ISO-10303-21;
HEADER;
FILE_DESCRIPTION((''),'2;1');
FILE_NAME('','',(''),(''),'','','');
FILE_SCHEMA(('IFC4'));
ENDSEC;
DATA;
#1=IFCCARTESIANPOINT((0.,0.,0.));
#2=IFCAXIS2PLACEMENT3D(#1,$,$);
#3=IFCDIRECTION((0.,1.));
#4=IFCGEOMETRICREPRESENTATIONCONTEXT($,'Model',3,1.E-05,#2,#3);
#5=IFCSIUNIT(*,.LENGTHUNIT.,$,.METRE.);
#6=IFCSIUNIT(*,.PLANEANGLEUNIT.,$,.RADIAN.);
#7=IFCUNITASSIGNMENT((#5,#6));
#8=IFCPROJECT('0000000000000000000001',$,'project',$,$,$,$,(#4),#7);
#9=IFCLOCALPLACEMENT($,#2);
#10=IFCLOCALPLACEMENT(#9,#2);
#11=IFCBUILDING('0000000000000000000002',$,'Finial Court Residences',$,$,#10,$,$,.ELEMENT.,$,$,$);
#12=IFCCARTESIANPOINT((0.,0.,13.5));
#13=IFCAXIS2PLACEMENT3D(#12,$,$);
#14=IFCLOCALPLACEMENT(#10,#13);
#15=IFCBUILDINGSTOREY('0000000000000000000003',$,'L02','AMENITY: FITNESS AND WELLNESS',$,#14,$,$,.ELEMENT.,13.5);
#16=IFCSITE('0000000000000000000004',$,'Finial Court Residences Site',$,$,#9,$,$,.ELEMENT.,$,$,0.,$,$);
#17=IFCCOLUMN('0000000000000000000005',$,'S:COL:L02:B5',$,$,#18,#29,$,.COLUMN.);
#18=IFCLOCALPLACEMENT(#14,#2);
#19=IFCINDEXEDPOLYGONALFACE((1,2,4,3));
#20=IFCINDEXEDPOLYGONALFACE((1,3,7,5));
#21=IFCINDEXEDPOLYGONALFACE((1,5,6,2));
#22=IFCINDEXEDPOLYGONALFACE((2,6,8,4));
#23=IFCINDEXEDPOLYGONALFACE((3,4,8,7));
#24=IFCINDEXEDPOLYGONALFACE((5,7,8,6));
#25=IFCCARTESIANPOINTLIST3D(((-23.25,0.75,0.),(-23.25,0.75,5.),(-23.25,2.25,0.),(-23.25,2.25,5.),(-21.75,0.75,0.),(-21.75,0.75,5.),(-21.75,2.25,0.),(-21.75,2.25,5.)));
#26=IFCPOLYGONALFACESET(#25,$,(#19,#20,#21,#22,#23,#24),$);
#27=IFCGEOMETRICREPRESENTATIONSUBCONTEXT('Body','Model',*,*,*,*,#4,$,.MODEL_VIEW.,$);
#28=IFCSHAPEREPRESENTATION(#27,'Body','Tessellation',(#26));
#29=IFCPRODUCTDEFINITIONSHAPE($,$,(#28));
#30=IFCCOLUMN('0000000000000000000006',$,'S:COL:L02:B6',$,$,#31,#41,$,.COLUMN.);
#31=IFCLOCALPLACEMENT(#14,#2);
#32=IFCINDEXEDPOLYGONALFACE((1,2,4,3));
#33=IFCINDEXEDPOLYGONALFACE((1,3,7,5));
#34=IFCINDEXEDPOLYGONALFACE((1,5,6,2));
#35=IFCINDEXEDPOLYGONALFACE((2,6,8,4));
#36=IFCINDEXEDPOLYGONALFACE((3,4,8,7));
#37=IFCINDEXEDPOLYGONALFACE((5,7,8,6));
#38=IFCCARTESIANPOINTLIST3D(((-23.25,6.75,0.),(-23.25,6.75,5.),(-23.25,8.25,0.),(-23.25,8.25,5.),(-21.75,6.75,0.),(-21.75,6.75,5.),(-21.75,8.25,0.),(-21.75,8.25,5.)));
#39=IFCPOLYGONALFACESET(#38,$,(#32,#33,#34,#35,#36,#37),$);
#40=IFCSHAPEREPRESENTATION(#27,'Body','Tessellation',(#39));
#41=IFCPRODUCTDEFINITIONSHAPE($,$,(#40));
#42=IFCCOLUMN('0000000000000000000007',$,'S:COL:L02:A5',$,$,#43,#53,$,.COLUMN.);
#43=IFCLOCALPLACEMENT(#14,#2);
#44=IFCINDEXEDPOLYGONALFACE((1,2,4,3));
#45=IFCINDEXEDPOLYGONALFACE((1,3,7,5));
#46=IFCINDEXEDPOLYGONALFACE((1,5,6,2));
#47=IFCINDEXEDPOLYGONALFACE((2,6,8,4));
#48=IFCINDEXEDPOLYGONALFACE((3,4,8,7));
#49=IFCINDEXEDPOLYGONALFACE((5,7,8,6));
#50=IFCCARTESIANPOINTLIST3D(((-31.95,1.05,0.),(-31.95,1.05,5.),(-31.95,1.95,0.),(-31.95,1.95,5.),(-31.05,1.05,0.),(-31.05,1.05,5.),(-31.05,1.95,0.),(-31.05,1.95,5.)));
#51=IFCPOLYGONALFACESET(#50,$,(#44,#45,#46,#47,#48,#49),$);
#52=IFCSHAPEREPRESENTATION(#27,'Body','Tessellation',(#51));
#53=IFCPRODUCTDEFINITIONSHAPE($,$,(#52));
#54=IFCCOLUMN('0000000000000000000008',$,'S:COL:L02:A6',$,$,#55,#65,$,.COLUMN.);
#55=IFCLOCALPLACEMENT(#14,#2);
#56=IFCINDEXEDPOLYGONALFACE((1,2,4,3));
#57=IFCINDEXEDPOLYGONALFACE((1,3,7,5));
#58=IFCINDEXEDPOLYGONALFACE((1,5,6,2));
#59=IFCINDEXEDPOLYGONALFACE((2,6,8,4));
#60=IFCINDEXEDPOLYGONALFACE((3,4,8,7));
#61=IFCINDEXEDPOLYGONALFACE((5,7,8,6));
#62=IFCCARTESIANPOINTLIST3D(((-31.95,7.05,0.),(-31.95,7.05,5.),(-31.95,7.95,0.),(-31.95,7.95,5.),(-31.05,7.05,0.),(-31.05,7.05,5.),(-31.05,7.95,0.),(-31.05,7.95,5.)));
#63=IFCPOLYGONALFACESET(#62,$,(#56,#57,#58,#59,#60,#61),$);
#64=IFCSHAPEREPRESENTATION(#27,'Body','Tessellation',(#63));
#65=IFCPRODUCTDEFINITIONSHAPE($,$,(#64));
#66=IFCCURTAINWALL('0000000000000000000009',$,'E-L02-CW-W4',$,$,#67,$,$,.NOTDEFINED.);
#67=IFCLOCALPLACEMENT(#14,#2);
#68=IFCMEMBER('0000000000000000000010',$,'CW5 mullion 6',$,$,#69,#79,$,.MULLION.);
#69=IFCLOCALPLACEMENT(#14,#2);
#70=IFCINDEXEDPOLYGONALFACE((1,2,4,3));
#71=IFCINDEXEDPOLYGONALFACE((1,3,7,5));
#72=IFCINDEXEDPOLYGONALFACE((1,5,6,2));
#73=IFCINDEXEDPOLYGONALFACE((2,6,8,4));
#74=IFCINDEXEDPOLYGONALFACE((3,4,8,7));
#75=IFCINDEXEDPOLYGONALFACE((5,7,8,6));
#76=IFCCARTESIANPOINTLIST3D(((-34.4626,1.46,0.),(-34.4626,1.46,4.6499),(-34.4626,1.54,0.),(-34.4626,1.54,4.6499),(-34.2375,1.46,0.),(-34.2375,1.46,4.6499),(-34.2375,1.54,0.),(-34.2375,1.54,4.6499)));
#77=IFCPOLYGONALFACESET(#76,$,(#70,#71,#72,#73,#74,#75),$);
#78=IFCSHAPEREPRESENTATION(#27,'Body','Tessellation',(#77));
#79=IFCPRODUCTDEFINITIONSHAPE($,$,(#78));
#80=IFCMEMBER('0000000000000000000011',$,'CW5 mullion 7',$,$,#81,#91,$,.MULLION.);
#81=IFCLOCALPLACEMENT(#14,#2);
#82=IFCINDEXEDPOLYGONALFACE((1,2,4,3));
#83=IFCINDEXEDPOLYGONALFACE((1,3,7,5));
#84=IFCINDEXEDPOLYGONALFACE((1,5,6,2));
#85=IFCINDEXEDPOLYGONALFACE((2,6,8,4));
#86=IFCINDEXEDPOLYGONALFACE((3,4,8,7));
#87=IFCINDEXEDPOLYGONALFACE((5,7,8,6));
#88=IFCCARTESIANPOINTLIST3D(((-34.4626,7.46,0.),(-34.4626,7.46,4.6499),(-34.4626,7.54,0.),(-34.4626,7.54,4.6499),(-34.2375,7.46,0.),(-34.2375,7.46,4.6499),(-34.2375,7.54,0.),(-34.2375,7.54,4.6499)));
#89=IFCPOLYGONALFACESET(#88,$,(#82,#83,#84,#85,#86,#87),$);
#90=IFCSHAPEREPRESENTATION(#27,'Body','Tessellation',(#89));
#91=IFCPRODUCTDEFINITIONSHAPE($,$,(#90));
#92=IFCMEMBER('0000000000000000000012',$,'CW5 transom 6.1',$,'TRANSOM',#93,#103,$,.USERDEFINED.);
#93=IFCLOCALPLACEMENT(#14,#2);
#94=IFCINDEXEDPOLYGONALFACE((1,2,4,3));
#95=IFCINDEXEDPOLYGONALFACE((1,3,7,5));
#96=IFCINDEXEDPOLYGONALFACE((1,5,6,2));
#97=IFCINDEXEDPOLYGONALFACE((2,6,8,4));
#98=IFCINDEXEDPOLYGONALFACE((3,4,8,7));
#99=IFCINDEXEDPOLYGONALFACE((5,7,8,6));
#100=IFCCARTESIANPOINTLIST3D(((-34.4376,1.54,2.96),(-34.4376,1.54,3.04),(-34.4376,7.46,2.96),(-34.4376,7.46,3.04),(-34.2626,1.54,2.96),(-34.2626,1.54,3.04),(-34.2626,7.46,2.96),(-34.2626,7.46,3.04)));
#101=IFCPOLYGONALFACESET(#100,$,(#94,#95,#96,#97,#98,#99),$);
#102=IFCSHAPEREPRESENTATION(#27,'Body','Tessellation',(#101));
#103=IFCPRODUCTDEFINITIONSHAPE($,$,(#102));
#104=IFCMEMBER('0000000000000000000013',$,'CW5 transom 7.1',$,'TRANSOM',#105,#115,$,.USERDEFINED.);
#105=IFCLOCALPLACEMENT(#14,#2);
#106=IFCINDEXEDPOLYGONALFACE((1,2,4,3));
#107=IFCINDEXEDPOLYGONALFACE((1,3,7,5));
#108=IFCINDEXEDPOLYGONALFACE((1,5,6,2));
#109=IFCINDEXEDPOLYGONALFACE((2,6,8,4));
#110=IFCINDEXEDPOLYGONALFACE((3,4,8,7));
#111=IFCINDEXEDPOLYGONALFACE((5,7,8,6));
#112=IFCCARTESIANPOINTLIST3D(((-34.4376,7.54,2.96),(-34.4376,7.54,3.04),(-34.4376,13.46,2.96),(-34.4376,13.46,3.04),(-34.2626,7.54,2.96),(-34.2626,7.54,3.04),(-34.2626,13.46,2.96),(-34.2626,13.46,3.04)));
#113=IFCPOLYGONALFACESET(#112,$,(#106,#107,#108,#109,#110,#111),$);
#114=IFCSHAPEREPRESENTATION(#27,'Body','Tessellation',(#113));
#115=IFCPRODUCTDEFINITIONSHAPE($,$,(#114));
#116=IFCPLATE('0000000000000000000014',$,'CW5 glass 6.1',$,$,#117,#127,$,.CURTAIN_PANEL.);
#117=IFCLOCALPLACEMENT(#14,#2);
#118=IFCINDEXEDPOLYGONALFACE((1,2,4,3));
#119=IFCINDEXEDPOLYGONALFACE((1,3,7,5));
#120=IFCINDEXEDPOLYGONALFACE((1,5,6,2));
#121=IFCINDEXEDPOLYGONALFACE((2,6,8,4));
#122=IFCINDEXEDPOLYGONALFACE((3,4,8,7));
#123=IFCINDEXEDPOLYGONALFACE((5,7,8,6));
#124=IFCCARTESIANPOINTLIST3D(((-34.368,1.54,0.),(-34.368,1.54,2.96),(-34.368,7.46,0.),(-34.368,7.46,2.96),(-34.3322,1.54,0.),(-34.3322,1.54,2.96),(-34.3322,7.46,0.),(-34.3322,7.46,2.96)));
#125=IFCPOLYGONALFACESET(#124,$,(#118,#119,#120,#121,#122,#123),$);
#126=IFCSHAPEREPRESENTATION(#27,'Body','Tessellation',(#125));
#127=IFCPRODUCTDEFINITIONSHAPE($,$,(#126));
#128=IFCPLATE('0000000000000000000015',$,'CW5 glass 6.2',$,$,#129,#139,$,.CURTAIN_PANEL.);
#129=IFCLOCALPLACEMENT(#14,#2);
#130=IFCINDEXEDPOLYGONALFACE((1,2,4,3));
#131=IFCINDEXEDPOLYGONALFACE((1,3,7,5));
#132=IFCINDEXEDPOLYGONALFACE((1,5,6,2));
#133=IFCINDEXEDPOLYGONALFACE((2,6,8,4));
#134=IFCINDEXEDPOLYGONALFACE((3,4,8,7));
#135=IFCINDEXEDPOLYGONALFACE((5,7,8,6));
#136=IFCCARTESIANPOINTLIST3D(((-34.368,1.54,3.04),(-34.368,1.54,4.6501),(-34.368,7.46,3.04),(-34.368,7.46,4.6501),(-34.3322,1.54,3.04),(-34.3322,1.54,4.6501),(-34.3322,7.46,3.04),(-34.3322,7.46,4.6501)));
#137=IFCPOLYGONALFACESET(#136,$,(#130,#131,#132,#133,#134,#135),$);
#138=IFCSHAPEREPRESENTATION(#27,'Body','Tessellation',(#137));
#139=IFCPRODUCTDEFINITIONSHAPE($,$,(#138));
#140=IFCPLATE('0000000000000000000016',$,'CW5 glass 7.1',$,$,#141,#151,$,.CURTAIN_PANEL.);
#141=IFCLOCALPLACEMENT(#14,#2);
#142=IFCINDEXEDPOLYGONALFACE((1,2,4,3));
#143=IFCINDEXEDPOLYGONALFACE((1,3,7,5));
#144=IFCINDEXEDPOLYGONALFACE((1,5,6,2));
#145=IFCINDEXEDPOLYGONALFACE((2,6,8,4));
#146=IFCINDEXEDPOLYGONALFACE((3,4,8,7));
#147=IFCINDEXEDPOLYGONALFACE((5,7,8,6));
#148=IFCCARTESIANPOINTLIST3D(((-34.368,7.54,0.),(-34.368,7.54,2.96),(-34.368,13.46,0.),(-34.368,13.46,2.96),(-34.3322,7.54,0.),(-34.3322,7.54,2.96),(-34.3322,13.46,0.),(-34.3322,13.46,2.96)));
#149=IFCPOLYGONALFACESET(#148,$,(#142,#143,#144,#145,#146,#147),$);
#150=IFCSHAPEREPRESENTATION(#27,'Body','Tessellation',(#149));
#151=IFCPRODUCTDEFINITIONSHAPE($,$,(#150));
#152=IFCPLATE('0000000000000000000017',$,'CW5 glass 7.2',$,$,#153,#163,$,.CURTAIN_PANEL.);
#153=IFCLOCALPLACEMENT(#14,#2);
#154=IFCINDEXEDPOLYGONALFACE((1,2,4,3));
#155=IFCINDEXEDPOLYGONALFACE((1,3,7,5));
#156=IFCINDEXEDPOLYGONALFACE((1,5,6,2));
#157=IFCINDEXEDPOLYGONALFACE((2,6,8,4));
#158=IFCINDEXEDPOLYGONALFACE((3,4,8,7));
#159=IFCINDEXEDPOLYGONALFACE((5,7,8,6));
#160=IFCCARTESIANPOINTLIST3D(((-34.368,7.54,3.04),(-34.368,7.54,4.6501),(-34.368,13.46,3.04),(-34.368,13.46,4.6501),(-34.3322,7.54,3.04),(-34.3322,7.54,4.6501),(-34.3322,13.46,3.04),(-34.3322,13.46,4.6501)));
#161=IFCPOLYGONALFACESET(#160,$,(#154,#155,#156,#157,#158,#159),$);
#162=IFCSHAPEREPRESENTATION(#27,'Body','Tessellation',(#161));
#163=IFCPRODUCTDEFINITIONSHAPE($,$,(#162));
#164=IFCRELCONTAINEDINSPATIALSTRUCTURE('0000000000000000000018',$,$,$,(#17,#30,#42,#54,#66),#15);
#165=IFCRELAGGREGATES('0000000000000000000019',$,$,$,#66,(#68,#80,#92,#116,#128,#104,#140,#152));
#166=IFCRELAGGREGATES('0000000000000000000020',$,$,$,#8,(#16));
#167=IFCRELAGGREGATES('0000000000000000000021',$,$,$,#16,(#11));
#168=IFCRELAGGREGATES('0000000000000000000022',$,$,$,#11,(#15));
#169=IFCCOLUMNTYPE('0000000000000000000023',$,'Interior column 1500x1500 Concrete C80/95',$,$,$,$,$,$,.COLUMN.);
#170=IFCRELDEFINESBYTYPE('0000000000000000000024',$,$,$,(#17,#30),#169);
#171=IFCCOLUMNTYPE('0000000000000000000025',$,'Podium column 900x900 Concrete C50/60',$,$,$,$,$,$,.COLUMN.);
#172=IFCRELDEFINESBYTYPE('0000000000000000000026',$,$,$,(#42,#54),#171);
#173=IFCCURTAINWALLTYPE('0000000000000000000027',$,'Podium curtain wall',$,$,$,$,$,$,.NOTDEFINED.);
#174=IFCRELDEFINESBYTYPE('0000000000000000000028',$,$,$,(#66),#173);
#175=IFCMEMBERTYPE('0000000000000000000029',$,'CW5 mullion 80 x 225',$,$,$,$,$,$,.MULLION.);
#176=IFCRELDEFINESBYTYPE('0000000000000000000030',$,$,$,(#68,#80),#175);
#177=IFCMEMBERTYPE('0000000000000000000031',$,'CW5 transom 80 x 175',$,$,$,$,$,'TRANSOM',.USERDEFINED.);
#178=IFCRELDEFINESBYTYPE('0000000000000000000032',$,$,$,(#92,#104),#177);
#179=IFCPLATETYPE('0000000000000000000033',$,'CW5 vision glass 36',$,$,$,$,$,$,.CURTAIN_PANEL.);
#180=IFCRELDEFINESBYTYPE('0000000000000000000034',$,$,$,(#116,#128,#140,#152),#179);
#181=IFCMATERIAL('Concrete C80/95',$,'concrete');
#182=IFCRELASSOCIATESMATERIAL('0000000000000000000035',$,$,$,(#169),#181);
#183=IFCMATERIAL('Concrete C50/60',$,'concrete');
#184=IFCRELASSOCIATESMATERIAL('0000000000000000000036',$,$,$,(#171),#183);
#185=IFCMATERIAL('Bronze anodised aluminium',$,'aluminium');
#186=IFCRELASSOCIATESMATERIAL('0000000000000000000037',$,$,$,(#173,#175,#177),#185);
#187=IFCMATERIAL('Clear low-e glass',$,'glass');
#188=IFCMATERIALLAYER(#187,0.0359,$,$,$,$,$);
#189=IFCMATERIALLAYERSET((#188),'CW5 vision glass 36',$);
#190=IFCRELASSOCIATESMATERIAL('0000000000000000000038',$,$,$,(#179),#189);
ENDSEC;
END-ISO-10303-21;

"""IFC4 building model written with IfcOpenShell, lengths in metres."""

from ifc_helpers import new_model, si_unit, direction, frame, origin, origin_2d, place, context, subcontext, project, spatial, rectangle, extrude, material, layer, layer_set, material_profile, profile_set, type_object, element, aggregate, save


model = new_model("IFC4")

# Units and contexts
model_context = context("Model", 3, precision=1e-05, world=origin(), true_north=direction((0.0, 1.0)))
body_context = subcontext(model_context, "Body", "Model", "MODEL_VIEW")
ifc_project = project(units=[si_unit("LENGTHUNIT", "METRE"), si_unit("PLANEANGLEUNIT", "RADIAN")], contexts=[model_context])

# Site, building, storey
site_placement = place(None, origin())
site = spatial("IfcSite", under=ifc_project, at=site_placement, Name="Finial Court Residences Site", CompositionType="ELEMENT", RefElevation=0.0)
building_placement = place(site_placement, origin())
building = spatial("IfcBuilding", under=site, at=building_placement, Name="Finial Court Residences", CompositionType="ELEMENT")
storey_placement = place(building_placement, frame((0.0, 0.0, 13.5)))
storey = spatial("IfcBuildingStorey", under=building, at=storey_placement, Name="L02", Description="AMENITY: FITNESS AND WELLNESS", CompositionType="ELEMENT", Elevation=13.5)

# Columns
ifc_material_1 = material(Name="Concrete C80/95", Category="concrete")
ifc_material_profile_1 = material_profile(ifc_material_1, rectangle(XDim=1.5, YDim=1.5, at=origin_2d()), Name="1500x1500")
ifc_profile_set_1 = profile_set([ifc_material_profile_1], Name="Concrete C80/95")
column_type_1 = type_object("IfcColumnType", Name="Interior column 1500x1500 Concrete C80/95", PredefinedType="COLUMN", material=ifc_profile_set_1)
for number, where, z_axis, x_axis, name in (
    (1, (-22.5, 1.5, 0.0), (0.0, 0.0, 1.0), (1.0, 0.0, 0.0), "S:COL:L02:B5"),
    (2, (-22.5, 7.5, 0.0), (0.0, 0.0, 1.0), (1.0, 0.0, 0.0), "S:COL:L02:B6"),
):
    element("IfcColumn", number, at=place(storey_placement, frame(where, z_axis=z_axis, x_axis=x_axis)), inside=storey, type_object=column_type_1, Name=name, PredefinedType="COLUMN", context=body_context, shape_type="SweptSolid", body=[
        extrude(rectangle(XDim=1.5, YDim=1.5, at=origin_2d()), origin(), (0.0, 0.0, 1.0), 5.0),
    ])
ifc_material_2 = material(Name="Concrete C50/60", Category="concrete")
ifc_material_profile_2 = material_profile(ifc_material_2, rectangle(XDim=0.8999, YDim=0.8999, at=origin_2d()), Name="900x900")
ifc_profile_set_2 = profile_set([ifc_material_profile_2], Name="Concrete C50/60")
column_type_2 = type_object("IfcColumnType", Name="Podium column 900x900 Concrete C50/60", PredefinedType="COLUMN", material=ifc_profile_set_2)
for number, where, z_axis, x_axis, name in (
    (3, (-31.5, 1.5, 0.0), (0.0, 0.0, 1.0), (1.0, 0.0, 0.0), "S:COL:L02:A5"),
    (4, (-31.5, 7.5, 0.0), (0.0, 0.0, 1.0), (1.0, 0.0, 0.0), "S:COL:L02:A6"),
):
    element("IfcColumn", number, at=place(storey_placement, frame(where, z_axis=z_axis, x_axis=x_axis)), inside=storey, type_object=column_type_2, Name=name, PredefinedType="COLUMN", context=body_context, shape_type="SweptSolid", body=[
        extrude(rectangle(XDim=0.8999, YDim=0.8999, at=origin_2d()), origin(), (0.0, 0.0, 1.0), 5.0),
    ])

# Curtain wall, members, plates
ifc_material_3 = material(Name="Bronze anodised aluminium", Category="aluminium")
curtain_wall_type = type_object("IfcCurtainWallType", Name="Podium curtain wall", PredefinedType="NOTDEFINED", material=ifc_material_3)
curtain_wall_placement = place(storey_placement, origin())
curtain_wall = element("IfcCurtainWall", 5, at=curtain_wall_placement, inside=storey, type_object=curtain_wall_type, Name="E-L02-CW-W4", PredefinedType="NOTDEFINED")
ifc_material_profile_3 = material_profile(ifc_material_3, rectangle(XDim=0.2251, YDim=0.0801, at=origin_2d()), Name="CW5 mullion 80 x 225")
ifc_profile_set_3 = profile_set([ifc_material_profile_3], Name="Bronze anodised aluminium")
member_type_1 = type_object("IfcMemberType", Name="CW5 mullion 80 x 225", PredefinedType="MULLION", material=ifc_profile_set_3)
member_1_placement = place(storey_placement, frame((-34.3501, 1.5, 0.0), z_axis=(0.0, 0.0, 1.0), x_axis=(-1.0, 0.0, 0.0)))
member_1 = element("IfcMember", 6, at=member_1_placement, type_object=member_type_1, Name="CW5 mullion 6", PredefinedType="MULLION", context=body_context, shape_type="SweptSolid", body=[
    extrude(rectangle(XDim=0.2251, YDim=0.0801, at=origin_2d()), origin(), (0.0, 0.0, 1.0), 4.6499),
])
member_2_placement = place(storey_placement, frame((-34.3501, 7.5, 0.0), z_axis=(0.0, 0.0, 1.0), x_axis=(-1.0, 0.0, 0.0)))
member_2 = element("IfcMember", 7, at=member_2_placement, type_object=member_type_1, Name="CW5 mullion 7", PredefinedType="MULLION", context=body_context, shape_type="SweptSolid", body=[
    extrude(rectangle(XDim=0.2251, YDim=0.0801, at=origin_2d()), origin(), (0.0, 0.0, 1.0), 4.6499),
])
ifc_material_profile_4 = material_profile(ifc_material_3, rectangle(XDim=0.175, YDim=0.0801, at=origin_2d()), Name="CW5 transom 80 x 175")
ifc_profile_set_4 = profile_set([ifc_material_profile_4], Name="Bronze anodised aluminium")
member_type_2 = type_object("IfcMemberType", Name="CW5 transom 80 x 175", ElementType="TRANSOM", PredefinedType="USERDEFINED", material=ifc_profile_set_4)
member_3_placement = place(storey_placement, frame((-34.3501, 1.54, 3.0), z_axis=(0.0, 1.0, 0.0), x_axis=(-1.0, 0.0, 0.0)))
member_3 = element("IfcMember", 8, at=member_3_placement, type_object=member_type_2, Name="CW5 transom 6.1", ObjectType="TRANSOM", PredefinedType="USERDEFINED", context=body_context, shape_type="SweptSolid", body=[
    extrude(rectangle(XDim=0.175, YDim=0.0801, at=origin_2d()), origin(), (0.0, 0.0, 1.0), 5.9199),
])
member_4_placement = place(storey_placement, frame((-34.3501, 7.54, 3.0), z_axis=(0.0, 1.0, 0.0), x_axis=(-1.0, 0.0, 0.0)))
member_4 = element("IfcMember", 9, at=member_4_placement, type_object=member_type_2, Name="CW5 transom 7.1", ObjectType="TRANSOM", PredefinedType="USERDEFINED", context=body_context, shape_type="SweptSolid", body=[
    extrude(rectangle(XDim=0.175, YDim=0.0801, at=origin_2d()), origin(), (0.0, 0.0, 1.0), 5.9199),
])
ifc_material_4 = material(Name="Clear low-e glass", Category="glass")
ifc_layer_1 = layer(ifc_material_4, 0.0359)
ifc_layer_set_1 = layer_set([ifc_layer_1], Name="CW5 vision glass 36")
plate_type = type_object("IfcPlateType", Name="CW5 vision glass 36", PredefinedType="CURTAIN_PANEL", material=ifc_layer_set_1)
plate_1_placement = place(storey_placement, frame((-34.3501, 4.5, 0.0), z_axis=(0.0, 0.0, 1.0), x_axis=(0.0, 1.0, 0.0)))
plate_1 = element("IfcPlate", 10, at=plate_1_placement, type_object=plate_type, Name="CW5 glass 6.1", PredefinedType="CURTAIN_PANEL", context=body_context, shape_type="SweptSolid", body=[
    extrude(rectangle(XDim=5.9199, YDim=0.0359, at=origin_2d()), origin(), (0.0, 0.0, 1.0), 2.96),
])
plate_2_placement = place(storey_placement, frame((-34.3501, 4.5, 3.04), z_axis=(0.0, 0.0, 1.0), x_axis=(0.0, 1.0, 0.0)))
plate_2 = element("IfcPlate", 11, at=plate_2_placement, type_object=plate_type, Name="CW5 glass 6.2", PredefinedType="CURTAIN_PANEL", context=body_context, shape_type="SweptSolid", body=[
    extrude(rectangle(XDim=5.9199, YDim=0.0359, at=origin_2d()), origin(), (0.0, 0.0, 1.0), 1.6101),
])
plate_3_placement = place(storey_placement, frame((-34.3501, 10.5, 0.0), z_axis=(0.0, 0.0, 1.0), x_axis=(0.0, 1.0, 0.0)))
plate_3 = element("IfcPlate", 12, at=plate_3_placement, type_object=plate_type, Name="CW5 glass 7.1", PredefinedType="CURTAIN_PANEL", context=body_context, shape_type="SweptSolid", body=[
    extrude(rectangle(XDim=5.9199, YDim=0.0359, at=origin_2d()), origin(), (0.0, 0.0, 1.0), 2.96),
])
plate_4_placement = place(storey_placement, frame((-34.3501, 10.5, 3.04), z_axis=(0.0, 0.0, 1.0), x_axis=(0.0, 1.0, 0.0)))
plate_4 = element("IfcPlate", 13, at=plate_4_placement, type_object=plate_type, Name="CW5 glass 7.2", PredefinedType="CURTAIN_PANEL", context=body_context, shape_type="SweptSolid", body=[
    extrude(rectangle(XDim=5.9199, YDim=0.0359, at=origin_2d()), origin(), (0.0, 0.0, 1.0), 1.6101),
])
aggregate(curtain_wall, [member_1, member_2, member_3, plate_1, plate_2, member_4, plate_3, plate_4])

save(model, "model.ifc")
